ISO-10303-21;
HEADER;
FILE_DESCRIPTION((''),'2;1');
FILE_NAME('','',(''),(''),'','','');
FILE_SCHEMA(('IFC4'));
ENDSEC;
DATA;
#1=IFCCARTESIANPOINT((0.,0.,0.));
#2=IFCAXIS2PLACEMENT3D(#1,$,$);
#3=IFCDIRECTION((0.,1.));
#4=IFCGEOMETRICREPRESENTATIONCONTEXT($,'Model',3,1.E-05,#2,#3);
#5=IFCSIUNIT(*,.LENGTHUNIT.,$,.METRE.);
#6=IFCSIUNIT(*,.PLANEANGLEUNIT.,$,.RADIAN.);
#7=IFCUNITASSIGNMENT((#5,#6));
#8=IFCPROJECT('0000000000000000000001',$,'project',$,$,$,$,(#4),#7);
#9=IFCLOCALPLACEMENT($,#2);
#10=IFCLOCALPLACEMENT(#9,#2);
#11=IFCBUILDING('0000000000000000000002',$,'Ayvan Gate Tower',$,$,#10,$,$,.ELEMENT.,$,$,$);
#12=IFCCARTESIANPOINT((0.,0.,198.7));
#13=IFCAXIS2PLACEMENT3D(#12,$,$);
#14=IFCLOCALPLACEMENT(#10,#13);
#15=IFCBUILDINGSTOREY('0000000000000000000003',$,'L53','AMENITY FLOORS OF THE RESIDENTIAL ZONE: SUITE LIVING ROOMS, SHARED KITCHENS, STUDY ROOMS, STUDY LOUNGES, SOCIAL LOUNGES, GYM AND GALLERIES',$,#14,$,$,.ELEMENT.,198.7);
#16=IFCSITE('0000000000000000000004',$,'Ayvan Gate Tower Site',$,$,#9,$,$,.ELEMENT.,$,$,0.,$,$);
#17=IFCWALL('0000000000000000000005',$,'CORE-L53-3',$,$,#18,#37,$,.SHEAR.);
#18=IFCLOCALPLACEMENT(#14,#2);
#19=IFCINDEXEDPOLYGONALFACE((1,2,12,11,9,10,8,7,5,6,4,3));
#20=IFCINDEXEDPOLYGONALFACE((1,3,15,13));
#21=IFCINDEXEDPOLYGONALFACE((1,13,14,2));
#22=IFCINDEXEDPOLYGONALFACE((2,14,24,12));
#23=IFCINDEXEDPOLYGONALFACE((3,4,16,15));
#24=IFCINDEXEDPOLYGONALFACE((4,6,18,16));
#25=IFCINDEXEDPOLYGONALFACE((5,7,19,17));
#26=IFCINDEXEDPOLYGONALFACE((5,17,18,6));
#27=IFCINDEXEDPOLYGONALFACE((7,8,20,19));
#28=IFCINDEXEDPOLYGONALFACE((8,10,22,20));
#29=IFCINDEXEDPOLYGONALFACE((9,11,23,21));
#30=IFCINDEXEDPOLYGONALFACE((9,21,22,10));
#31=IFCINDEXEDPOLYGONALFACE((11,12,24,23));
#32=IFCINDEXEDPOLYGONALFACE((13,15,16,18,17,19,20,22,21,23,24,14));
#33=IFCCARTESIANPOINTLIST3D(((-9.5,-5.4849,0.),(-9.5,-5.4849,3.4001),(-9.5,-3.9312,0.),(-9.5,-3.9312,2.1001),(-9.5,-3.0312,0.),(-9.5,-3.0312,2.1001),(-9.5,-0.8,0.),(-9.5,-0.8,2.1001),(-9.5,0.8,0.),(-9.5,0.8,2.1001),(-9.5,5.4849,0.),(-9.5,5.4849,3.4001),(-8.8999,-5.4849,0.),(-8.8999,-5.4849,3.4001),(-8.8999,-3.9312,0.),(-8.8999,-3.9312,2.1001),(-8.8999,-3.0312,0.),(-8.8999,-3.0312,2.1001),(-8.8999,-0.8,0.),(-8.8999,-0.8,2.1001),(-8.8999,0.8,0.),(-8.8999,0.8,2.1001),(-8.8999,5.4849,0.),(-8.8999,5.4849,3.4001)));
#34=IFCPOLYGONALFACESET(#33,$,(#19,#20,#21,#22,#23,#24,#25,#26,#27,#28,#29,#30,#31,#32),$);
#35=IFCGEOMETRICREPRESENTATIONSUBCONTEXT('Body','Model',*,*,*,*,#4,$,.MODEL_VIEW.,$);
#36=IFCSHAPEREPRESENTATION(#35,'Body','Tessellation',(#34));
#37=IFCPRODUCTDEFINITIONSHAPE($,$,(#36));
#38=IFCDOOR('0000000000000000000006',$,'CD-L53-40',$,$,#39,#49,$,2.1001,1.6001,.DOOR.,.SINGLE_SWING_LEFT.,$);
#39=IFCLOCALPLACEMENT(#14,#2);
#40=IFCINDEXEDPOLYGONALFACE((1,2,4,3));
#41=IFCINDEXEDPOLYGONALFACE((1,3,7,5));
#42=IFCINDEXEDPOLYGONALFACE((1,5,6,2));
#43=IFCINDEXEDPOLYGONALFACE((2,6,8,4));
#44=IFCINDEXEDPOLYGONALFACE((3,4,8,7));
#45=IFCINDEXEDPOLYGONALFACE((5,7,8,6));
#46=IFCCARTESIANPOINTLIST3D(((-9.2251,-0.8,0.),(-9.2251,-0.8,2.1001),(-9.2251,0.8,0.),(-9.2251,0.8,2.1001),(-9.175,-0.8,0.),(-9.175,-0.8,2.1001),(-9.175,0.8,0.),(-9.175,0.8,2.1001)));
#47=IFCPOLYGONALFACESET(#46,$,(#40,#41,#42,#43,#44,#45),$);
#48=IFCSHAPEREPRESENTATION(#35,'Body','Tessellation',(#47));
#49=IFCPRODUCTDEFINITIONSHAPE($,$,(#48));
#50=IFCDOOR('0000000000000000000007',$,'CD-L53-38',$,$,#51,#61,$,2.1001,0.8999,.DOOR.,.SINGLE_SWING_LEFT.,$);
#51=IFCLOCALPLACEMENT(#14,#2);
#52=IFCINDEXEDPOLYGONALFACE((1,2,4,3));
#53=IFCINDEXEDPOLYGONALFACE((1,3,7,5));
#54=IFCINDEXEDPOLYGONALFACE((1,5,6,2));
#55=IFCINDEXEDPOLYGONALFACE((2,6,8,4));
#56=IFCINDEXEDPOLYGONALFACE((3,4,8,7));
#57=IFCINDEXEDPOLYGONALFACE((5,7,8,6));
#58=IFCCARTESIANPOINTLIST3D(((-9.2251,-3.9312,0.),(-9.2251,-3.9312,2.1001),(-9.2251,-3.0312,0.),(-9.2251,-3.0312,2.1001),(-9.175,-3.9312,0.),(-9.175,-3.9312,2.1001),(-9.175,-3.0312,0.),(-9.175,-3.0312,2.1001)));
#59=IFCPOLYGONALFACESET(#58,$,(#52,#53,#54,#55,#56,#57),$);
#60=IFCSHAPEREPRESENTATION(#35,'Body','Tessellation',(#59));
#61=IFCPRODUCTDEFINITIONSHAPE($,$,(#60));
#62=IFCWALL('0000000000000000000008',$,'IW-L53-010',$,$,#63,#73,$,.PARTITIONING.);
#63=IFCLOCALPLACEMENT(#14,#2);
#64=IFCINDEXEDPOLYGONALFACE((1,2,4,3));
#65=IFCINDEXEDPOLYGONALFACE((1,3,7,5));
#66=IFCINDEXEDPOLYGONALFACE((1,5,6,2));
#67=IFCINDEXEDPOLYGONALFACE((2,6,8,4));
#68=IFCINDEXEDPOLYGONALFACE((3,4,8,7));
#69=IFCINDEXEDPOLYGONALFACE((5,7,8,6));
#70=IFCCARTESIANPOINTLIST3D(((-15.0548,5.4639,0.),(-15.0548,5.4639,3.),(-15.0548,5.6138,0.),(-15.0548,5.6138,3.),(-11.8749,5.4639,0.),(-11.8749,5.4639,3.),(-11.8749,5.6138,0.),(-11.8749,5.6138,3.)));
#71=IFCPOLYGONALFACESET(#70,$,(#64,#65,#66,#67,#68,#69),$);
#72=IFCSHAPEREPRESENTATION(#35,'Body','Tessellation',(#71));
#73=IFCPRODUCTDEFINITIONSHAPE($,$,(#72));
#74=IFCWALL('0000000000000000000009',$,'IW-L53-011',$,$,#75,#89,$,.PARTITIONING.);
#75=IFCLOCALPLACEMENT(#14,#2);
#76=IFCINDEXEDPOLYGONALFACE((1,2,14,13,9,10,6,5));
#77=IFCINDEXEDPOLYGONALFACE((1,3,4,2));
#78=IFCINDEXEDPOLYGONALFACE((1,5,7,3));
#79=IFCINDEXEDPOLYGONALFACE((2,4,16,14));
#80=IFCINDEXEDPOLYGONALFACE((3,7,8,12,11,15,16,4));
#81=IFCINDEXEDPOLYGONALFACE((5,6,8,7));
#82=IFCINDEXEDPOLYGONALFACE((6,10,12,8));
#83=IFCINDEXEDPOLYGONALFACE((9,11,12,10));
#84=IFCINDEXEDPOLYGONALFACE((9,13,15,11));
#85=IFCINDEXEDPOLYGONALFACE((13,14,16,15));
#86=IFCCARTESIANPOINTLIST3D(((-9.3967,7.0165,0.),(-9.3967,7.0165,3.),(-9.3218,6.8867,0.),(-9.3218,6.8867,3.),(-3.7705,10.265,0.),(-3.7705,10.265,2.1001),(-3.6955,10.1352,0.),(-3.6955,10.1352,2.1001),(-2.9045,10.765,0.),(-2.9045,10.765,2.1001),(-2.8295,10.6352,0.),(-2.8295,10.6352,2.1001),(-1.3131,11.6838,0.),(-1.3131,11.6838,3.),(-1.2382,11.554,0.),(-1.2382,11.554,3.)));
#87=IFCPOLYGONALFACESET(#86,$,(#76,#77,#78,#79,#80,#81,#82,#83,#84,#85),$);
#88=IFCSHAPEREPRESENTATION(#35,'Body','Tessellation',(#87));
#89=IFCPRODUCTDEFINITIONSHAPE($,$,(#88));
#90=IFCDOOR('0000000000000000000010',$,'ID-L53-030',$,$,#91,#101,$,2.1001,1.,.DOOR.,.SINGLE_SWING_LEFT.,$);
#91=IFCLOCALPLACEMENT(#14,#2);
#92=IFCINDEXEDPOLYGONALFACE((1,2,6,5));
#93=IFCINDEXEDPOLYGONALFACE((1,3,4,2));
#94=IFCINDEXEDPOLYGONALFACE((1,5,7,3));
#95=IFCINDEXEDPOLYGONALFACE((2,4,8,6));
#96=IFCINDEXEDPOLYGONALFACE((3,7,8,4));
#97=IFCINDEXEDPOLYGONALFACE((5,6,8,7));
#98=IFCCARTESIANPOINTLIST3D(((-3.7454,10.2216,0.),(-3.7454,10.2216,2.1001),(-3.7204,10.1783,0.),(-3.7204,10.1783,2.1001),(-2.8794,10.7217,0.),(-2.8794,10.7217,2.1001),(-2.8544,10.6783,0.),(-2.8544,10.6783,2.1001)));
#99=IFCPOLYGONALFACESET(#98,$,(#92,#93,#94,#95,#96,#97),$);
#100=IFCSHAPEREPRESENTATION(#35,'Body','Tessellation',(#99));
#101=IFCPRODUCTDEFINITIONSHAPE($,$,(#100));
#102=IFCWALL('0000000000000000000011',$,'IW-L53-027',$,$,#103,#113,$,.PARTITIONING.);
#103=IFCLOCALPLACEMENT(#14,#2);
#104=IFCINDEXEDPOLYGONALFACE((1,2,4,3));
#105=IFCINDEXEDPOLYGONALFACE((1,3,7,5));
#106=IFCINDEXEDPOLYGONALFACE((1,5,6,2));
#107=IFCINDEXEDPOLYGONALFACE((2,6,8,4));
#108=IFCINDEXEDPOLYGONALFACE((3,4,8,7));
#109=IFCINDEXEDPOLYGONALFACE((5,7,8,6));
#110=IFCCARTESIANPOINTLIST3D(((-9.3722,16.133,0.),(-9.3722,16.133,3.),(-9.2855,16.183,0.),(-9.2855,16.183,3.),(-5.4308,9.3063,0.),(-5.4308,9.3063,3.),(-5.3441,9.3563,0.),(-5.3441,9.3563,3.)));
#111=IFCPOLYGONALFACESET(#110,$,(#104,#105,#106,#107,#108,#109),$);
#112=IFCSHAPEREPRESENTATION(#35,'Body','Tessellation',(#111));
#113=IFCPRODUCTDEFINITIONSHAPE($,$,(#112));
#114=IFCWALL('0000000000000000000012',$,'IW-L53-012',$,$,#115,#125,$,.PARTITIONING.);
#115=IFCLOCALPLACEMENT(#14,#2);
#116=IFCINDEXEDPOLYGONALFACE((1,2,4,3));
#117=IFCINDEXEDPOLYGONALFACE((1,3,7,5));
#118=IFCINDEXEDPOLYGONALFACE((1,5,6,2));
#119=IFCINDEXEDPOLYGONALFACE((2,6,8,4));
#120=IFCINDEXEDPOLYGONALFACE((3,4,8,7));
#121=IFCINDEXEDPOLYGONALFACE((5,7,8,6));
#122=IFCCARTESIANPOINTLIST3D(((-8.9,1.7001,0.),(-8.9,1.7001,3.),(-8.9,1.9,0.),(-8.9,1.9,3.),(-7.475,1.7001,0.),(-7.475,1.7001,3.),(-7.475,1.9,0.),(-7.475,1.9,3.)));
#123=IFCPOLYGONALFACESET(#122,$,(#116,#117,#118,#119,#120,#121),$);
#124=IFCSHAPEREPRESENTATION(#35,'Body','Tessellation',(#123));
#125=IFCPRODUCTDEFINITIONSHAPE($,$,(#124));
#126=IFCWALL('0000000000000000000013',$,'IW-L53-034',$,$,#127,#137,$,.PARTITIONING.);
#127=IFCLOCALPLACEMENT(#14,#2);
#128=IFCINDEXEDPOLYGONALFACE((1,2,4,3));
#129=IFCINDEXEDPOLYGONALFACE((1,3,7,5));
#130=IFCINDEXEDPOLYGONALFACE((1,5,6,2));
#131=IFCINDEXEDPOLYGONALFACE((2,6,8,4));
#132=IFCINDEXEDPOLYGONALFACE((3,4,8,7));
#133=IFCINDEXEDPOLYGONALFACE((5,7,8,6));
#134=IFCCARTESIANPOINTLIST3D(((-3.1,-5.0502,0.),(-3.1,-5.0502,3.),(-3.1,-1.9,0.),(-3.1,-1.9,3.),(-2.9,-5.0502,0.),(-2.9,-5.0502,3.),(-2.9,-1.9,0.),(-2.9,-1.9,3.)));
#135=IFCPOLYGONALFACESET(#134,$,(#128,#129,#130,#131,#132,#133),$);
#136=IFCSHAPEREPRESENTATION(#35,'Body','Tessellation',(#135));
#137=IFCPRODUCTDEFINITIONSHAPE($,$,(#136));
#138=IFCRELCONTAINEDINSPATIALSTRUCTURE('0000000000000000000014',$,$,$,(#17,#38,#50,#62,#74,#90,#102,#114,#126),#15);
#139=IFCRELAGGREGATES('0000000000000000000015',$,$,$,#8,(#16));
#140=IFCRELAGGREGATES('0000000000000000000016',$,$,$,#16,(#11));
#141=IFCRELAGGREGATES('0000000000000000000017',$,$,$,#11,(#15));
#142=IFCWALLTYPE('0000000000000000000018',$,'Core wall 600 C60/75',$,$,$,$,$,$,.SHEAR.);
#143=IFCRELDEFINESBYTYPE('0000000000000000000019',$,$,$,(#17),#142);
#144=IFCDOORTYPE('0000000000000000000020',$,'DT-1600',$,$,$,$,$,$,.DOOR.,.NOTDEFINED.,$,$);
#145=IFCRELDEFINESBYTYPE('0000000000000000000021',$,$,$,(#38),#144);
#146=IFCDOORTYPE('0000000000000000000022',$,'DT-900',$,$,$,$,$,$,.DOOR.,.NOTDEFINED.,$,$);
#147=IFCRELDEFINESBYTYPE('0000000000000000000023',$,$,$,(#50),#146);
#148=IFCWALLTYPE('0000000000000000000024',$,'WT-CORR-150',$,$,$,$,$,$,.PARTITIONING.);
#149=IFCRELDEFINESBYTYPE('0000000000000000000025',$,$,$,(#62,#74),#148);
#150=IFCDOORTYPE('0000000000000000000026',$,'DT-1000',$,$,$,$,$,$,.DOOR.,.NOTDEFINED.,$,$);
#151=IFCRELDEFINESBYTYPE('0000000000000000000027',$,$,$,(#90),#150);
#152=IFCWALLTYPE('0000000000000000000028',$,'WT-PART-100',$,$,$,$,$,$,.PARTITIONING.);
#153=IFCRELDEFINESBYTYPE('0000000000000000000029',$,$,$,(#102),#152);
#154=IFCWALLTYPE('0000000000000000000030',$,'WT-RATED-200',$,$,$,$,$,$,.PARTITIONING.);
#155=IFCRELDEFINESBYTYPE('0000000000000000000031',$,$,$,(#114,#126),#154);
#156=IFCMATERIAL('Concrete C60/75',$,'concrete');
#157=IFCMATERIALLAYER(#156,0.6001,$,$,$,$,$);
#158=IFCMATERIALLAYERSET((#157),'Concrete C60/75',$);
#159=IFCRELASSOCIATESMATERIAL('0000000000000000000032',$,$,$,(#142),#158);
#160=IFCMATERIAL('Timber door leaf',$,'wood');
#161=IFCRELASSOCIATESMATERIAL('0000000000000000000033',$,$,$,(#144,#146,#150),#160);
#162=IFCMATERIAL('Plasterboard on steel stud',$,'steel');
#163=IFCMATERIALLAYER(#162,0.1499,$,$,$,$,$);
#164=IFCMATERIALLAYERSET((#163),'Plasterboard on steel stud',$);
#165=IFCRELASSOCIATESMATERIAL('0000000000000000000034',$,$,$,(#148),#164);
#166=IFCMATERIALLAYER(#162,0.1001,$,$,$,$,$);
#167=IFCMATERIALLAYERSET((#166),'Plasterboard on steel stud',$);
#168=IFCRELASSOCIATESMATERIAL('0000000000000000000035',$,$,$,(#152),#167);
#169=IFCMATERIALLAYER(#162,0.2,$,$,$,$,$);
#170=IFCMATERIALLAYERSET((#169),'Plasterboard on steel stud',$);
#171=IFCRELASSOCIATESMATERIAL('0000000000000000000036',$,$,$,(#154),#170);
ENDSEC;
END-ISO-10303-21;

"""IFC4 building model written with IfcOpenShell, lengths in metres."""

from ifc_helpers import new_model, si_unit, direction, frame, frame_2d, origin, place, context, subcontext, project, spatial, rectangle, extrude, material, layer, layer_set, type_object, element, fill, save


model = new_model("IFC4")

# Units and contexts
model_context = context("Model", 3, precision=1e-05, world=origin(), true_north=direction((0.0, 1.0)))
body_context = subcontext(model_context, "Body", "Model", "MODEL_VIEW")
ifc_project = project(units=[si_unit("LENGTHUNIT", "METRE"), si_unit("PLANEANGLEUNIT", "RADIAN")], contexts=[model_context])

# Site, building, storey
site_placement = place(None, origin())
site = spatial("IfcSite", under=ifc_project, at=site_placement, Name="Ayvan Gate Tower Site", CompositionType="ELEMENT", RefElevation=0.0)
building_placement = place(site_placement, origin())
building = spatial("IfcBuilding", under=site, at=building_placement, Name="Ayvan Gate Tower", CompositionType="ELEMENT")
storey_placement = place(building_placement, frame((0.0, 0.0, 198.7)))
storey = spatial("IfcBuildingStorey", under=building, at=storey_placement, Name="L53", Description="AMENITY FLOORS OF THE RESIDENTIAL ZONE: SUITE LIVING ROOMS, SHARED KITCHENS, STUDY ROOMS, STUDY LOUNGES, SOCIAL LOUNGES, GYM AND GALLERIES", CompositionType="ELEMENT", Elevation=198.7)

# Wall, openings, doors
ifc_material_1 = material(Name="Concrete C60/75", Category="concrete")
ifc_layer_1 = layer(ifc_material_1, 0.6001)
ifc_layer_set_1 = layer_set([ifc_layer_1], Name="Concrete C60/75")
wall_type_1 = type_object("IfcWallType", Name="Core wall 600 C60/75", PredefinedType="SHEAR", material=ifc_layer_set_1)
wall_1_placement = place(storey_placement, frame((-9.2, 5.4849, 0.0), z_axis=(0.0, 0.0, 1.0), x_axis=(0.0, -1.0, 0.0)))
wall_1 = element("IfcWall", 1, at=wall_1_placement, inside=storey, type_object=wall_type_1, Name="CORE-L53-3", PredefinedType="SHEAR", context=body_context, shape_type="SweptSolid", body=[
    extrude(rectangle(XDim=10.9697, YDim=0.6001, at=frame_2d((5.4849, 0.0))), origin(), (0.0, 0.0, 1.0), 3.4001),
])
opening_1_placement = place(wall_1_placement, frame((8.5161, 0.0, 0.0)))
opening_1 = element("IfcOpeningElement", 2, at=opening_1_placement, cuts=wall_1, PredefinedType="OPENING", context=body_context, shape_type="SweptSolid", body=[
    extrude(rectangle(XDim=0.8999, YDim=2.1001, at=frame_2d((0.45, 1.05))), frame((0.0, 0.3101, 0.0), z_axis=(0.0, -1.0, 0.0), x_axis=(1.0, 0.0, 0.0)), (0.0, 0.0, 1.0), 0.6201),
])
opening_2_placement = place(wall_1_placement, frame((4.6848, 0.0, 0.0)))
opening_2 = element("IfcOpeningElement", 3, at=opening_2_placement, cuts=wall_1, PredefinedType="OPENING", context=body_context, shape_type="SweptSolid", body=[
    extrude(rectangle(XDim=1.6001, YDim=2.1001, at=frame_2d((0.8, 1.05))), frame((0.0, 0.3101, 0.0), z_axis=(0.0, -1.0, 0.0), x_axis=(1.0, 0.0, 0.0)), (0.0, 0.0, 1.0), 0.6201),
])
ifc_material_2 = material(Name="Timber door leaf", Category="wood")
door_type_1 = type_object("IfcDoorType", Name="DT-1600", OperationType="NOTDEFINED", PredefinedType="DOOR", material=ifc_material_2)
door_1_placement = place(opening_2_placement, origin())
door_1 = element("IfcDoor", 4, at=door_1_placement, inside=storey, type_object=door_type_1, Name="CD-L53-40", OperationType="SINGLE_SWING_LEFT", OverallHeight=2.1001, OverallWidth=1.6001, PredefinedType="DOOR", context=body_context, shape_type="SweptSolid", body=[
    extrude(rectangle(XDim=1.6001, YDim=2.1001, at=frame_2d((0.8, 1.05))), frame((0.0, 0.0249, 0.0), z_axis=(0.0, -1.0, 0.0), x_axis=(1.0, 0.0, 0.0)), (0.0, 0.0, 1.0), 0.05),
])
fill(opening_2, door_1)
door_type_2 = type_object("IfcDoorType", Name="DT-900", OperationType="NOTDEFINED", PredefinedType="DOOR", material=ifc_material_2)
door_2_placement = place(opening_1_placement, origin())
door_2 = element("IfcDoor", 5, at=door_2_placement, inside=storey, type_object=door_type_2, Name="CD-L53-38", OperationType="SINGLE_SWING_LEFT", OverallHeight=2.1001, OverallWidth=0.8999, PredefinedType="DOOR", context=body_context, shape_type="SweptSolid", body=[
    extrude(rectangle(XDim=0.8999, YDim=2.1001, at=frame_2d((0.45, 1.05))), frame((0.0, 0.0249, 0.0), z_axis=(0.0, -1.0, 0.0), x_axis=(1.0, 0.0, 0.0)), (0.0, 0.0, 1.0), 0.05),
])
fill(opening_1, door_2)

# Wall
ifc_material_3 = material(Name="Plasterboard on steel stud", Category="steel")
ifc_layer_2 = layer(ifc_material_3, 0.1499)
ifc_layer_set_2 = layer_set([ifc_layer_2], Name="Plasterboard on steel stud")
wall_type_2 = type_object("IfcWallType", Name="WT-CORR-150", PredefinedType="PARTITIONING", material=ifc_layer_set_2)
wall_2_placement = place(storey_placement, frame((-11.875, 5.5388, 0.0), z_axis=(0.0, 0.0, 1.0), x_axis=(-1.0, 0.0, 0.0)))
element("IfcWall", 6, at=wall_2_placement, inside=storey, type_object=wall_type_2, Name="IW-L53-010", PredefinedType="PARTITIONING", context=body_context, shape_type="SweptSolid", body=[
    extrude(rectangle(XDim=3.1799, YDim=0.1499, at=frame_2d((1.5898, 0.0))), origin(), (0.0, 0.0, 1.0), 3.0),
])

# Wall, opening, door
wall_3_placement = place(storey_placement, frame((-9.3591, 6.9517, 0.0), z_axis=(0.0, 0.0, 1.0), x_axis=(0.866015, 0.500018, 0.0)))
wall_3 = element("IfcWall", 7, at=wall_3_placement, inside=storey, type_object=wall_type_2, Name="IW-L53-011", PredefinedType="PARTITIONING", context=body_context, shape_type="SweptSolid", body=[
    extrude(rectangle(XDim=9.3342, YDim=0.1499, at=frame_2d((4.667, 0.0))), origin(), (0.0, 0.0, 1.0), 3.0),
])
opening_3_placement = place(wall_3_placement, frame((6.4966, 0.0, 0.0)))
opening_3 = element("IfcOpeningElement", 8, at=opening_3_placement, cuts=wall_3, PredefinedType="OPENING", context=body_context, shape_type="SweptSolid", body=[
    extrude(rectangle(XDim=1.0, YDim=2.1001, at=frame_2d((0.5, 1.05))), frame((0.0, 0.085, 0.0), z_axis=(0.0, -1.0, 0.0), x_axis=(1.0, 0.0, 0.0)), (0.0, 0.0, 1.0), 0.1699),
])
door_type_3 = type_object("IfcDoorType", Name="DT-1000", OperationType="NOTDEFINED", PredefinedType="DOOR", material=ifc_material_2)
door_3_placement = place(opening_3_placement, origin())
door_3 = element("IfcDoor", 9, at=door_3_placement, inside=storey, type_object=door_type_3, Name="ID-L53-030", OperationType="SINGLE_SWING_LEFT", OverallHeight=2.1001, OverallWidth=1.0, PredefinedType="DOOR", context=body_context, shape_type="SweptSolid", body=[
    extrude(rectangle(XDim=1.0, YDim=2.1001, at=frame_2d((0.5, 1.05))), frame((0.0, 0.0249, 0.0), z_axis=(0.0, -1.0, 0.0), x_axis=(1.0, 0.0, 0.0)), (0.0, 0.0, 1.0), 0.05),
])
fill(opening_3, door_3)

# Walls
ifc_layer_3 = layer(ifc_material_3, 0.1001)
ifc_layer_set_3 = layer_set([ifc_layer_3], Name="Plasterboard on steel stud")
wall_type_3 = type_object("IfcWallType", Name="WT-PART-100", PredefinedType="PARTITIONING", material=ifc_layer_set_3)
wall_4_placement = place(storey_placement, frame((-5.3875, 9.3313, 0.0), z_axis=(0.0, 0.0, 1.0), x_axis=(-0.500003, 0.866024, 0.0)))
element("IfcWall", 10, at=wall_4_placement, inside=storey, type_object=wall_type_3, Name="IW-L53-027", PredefinedType="PARTITIONING", context=body_context, shape_type="SweptSolid", body=[
    extrude(rectangle(XDim=7.8828, YDim=0.1001, at=frame_2d((3.9414, 0.0))), origin(), (0.0, 0.0, 1.0), 3.0),
])
ifc_layer_4 = layer(ifc_material_3, 0.2)
ifc_layer_set_4 = layer_set([ifc_layer_4], Name="Plasterboard on steel stud")
wall_type_4 = type_object("IfcWallType", Name="WT-RATED-200", PredefinedType="PARTITIONING", material=ifc_layer_set_4)
wall_5_placement = place(storey_placement, frame((-8.8999, 1.8, 0.0), z_axis=(0.0, 0.0, 1.0), x_axis=(1.0, 0.0, 0.0)))
element("IfcWall", 11, at=wall_5_placement, inside=storey, type_object=wall_type_4, Name="IW-L53-012", PredefinedType="PARTITIONING", context=body_context, shape_type="SweptSolid", body=[
    extrude(rectangle(XDim=1.425, YDim=0.2, at=frame_2d((0.7124, 0.0))), origin(), (0.0, 0.0, 1.0), 3.0),
])
wall_6_placement = place(storey_placement, frame((-3.0, -1.8999, 0.0), z_axis=(0.0, 0.0, 1.0), x_axis=(0.0, -1.0, 0.0)))
element("IfcWall", 12, at=wall_6_placement, inside=storey, type_object=wall_type_4, Name="IW-L53-034", PredefinedType="PARTITIONING", context=body_context, shape_type="SweptSolid", body=[
    extrude(rectangle(XDim=3.1501, YDim=0.2, at=frame_2d((1.5752, 0.0))), origin(), (0.0, 0.0, 1.0), 3.0),
])

save(model, "model.ifc")
